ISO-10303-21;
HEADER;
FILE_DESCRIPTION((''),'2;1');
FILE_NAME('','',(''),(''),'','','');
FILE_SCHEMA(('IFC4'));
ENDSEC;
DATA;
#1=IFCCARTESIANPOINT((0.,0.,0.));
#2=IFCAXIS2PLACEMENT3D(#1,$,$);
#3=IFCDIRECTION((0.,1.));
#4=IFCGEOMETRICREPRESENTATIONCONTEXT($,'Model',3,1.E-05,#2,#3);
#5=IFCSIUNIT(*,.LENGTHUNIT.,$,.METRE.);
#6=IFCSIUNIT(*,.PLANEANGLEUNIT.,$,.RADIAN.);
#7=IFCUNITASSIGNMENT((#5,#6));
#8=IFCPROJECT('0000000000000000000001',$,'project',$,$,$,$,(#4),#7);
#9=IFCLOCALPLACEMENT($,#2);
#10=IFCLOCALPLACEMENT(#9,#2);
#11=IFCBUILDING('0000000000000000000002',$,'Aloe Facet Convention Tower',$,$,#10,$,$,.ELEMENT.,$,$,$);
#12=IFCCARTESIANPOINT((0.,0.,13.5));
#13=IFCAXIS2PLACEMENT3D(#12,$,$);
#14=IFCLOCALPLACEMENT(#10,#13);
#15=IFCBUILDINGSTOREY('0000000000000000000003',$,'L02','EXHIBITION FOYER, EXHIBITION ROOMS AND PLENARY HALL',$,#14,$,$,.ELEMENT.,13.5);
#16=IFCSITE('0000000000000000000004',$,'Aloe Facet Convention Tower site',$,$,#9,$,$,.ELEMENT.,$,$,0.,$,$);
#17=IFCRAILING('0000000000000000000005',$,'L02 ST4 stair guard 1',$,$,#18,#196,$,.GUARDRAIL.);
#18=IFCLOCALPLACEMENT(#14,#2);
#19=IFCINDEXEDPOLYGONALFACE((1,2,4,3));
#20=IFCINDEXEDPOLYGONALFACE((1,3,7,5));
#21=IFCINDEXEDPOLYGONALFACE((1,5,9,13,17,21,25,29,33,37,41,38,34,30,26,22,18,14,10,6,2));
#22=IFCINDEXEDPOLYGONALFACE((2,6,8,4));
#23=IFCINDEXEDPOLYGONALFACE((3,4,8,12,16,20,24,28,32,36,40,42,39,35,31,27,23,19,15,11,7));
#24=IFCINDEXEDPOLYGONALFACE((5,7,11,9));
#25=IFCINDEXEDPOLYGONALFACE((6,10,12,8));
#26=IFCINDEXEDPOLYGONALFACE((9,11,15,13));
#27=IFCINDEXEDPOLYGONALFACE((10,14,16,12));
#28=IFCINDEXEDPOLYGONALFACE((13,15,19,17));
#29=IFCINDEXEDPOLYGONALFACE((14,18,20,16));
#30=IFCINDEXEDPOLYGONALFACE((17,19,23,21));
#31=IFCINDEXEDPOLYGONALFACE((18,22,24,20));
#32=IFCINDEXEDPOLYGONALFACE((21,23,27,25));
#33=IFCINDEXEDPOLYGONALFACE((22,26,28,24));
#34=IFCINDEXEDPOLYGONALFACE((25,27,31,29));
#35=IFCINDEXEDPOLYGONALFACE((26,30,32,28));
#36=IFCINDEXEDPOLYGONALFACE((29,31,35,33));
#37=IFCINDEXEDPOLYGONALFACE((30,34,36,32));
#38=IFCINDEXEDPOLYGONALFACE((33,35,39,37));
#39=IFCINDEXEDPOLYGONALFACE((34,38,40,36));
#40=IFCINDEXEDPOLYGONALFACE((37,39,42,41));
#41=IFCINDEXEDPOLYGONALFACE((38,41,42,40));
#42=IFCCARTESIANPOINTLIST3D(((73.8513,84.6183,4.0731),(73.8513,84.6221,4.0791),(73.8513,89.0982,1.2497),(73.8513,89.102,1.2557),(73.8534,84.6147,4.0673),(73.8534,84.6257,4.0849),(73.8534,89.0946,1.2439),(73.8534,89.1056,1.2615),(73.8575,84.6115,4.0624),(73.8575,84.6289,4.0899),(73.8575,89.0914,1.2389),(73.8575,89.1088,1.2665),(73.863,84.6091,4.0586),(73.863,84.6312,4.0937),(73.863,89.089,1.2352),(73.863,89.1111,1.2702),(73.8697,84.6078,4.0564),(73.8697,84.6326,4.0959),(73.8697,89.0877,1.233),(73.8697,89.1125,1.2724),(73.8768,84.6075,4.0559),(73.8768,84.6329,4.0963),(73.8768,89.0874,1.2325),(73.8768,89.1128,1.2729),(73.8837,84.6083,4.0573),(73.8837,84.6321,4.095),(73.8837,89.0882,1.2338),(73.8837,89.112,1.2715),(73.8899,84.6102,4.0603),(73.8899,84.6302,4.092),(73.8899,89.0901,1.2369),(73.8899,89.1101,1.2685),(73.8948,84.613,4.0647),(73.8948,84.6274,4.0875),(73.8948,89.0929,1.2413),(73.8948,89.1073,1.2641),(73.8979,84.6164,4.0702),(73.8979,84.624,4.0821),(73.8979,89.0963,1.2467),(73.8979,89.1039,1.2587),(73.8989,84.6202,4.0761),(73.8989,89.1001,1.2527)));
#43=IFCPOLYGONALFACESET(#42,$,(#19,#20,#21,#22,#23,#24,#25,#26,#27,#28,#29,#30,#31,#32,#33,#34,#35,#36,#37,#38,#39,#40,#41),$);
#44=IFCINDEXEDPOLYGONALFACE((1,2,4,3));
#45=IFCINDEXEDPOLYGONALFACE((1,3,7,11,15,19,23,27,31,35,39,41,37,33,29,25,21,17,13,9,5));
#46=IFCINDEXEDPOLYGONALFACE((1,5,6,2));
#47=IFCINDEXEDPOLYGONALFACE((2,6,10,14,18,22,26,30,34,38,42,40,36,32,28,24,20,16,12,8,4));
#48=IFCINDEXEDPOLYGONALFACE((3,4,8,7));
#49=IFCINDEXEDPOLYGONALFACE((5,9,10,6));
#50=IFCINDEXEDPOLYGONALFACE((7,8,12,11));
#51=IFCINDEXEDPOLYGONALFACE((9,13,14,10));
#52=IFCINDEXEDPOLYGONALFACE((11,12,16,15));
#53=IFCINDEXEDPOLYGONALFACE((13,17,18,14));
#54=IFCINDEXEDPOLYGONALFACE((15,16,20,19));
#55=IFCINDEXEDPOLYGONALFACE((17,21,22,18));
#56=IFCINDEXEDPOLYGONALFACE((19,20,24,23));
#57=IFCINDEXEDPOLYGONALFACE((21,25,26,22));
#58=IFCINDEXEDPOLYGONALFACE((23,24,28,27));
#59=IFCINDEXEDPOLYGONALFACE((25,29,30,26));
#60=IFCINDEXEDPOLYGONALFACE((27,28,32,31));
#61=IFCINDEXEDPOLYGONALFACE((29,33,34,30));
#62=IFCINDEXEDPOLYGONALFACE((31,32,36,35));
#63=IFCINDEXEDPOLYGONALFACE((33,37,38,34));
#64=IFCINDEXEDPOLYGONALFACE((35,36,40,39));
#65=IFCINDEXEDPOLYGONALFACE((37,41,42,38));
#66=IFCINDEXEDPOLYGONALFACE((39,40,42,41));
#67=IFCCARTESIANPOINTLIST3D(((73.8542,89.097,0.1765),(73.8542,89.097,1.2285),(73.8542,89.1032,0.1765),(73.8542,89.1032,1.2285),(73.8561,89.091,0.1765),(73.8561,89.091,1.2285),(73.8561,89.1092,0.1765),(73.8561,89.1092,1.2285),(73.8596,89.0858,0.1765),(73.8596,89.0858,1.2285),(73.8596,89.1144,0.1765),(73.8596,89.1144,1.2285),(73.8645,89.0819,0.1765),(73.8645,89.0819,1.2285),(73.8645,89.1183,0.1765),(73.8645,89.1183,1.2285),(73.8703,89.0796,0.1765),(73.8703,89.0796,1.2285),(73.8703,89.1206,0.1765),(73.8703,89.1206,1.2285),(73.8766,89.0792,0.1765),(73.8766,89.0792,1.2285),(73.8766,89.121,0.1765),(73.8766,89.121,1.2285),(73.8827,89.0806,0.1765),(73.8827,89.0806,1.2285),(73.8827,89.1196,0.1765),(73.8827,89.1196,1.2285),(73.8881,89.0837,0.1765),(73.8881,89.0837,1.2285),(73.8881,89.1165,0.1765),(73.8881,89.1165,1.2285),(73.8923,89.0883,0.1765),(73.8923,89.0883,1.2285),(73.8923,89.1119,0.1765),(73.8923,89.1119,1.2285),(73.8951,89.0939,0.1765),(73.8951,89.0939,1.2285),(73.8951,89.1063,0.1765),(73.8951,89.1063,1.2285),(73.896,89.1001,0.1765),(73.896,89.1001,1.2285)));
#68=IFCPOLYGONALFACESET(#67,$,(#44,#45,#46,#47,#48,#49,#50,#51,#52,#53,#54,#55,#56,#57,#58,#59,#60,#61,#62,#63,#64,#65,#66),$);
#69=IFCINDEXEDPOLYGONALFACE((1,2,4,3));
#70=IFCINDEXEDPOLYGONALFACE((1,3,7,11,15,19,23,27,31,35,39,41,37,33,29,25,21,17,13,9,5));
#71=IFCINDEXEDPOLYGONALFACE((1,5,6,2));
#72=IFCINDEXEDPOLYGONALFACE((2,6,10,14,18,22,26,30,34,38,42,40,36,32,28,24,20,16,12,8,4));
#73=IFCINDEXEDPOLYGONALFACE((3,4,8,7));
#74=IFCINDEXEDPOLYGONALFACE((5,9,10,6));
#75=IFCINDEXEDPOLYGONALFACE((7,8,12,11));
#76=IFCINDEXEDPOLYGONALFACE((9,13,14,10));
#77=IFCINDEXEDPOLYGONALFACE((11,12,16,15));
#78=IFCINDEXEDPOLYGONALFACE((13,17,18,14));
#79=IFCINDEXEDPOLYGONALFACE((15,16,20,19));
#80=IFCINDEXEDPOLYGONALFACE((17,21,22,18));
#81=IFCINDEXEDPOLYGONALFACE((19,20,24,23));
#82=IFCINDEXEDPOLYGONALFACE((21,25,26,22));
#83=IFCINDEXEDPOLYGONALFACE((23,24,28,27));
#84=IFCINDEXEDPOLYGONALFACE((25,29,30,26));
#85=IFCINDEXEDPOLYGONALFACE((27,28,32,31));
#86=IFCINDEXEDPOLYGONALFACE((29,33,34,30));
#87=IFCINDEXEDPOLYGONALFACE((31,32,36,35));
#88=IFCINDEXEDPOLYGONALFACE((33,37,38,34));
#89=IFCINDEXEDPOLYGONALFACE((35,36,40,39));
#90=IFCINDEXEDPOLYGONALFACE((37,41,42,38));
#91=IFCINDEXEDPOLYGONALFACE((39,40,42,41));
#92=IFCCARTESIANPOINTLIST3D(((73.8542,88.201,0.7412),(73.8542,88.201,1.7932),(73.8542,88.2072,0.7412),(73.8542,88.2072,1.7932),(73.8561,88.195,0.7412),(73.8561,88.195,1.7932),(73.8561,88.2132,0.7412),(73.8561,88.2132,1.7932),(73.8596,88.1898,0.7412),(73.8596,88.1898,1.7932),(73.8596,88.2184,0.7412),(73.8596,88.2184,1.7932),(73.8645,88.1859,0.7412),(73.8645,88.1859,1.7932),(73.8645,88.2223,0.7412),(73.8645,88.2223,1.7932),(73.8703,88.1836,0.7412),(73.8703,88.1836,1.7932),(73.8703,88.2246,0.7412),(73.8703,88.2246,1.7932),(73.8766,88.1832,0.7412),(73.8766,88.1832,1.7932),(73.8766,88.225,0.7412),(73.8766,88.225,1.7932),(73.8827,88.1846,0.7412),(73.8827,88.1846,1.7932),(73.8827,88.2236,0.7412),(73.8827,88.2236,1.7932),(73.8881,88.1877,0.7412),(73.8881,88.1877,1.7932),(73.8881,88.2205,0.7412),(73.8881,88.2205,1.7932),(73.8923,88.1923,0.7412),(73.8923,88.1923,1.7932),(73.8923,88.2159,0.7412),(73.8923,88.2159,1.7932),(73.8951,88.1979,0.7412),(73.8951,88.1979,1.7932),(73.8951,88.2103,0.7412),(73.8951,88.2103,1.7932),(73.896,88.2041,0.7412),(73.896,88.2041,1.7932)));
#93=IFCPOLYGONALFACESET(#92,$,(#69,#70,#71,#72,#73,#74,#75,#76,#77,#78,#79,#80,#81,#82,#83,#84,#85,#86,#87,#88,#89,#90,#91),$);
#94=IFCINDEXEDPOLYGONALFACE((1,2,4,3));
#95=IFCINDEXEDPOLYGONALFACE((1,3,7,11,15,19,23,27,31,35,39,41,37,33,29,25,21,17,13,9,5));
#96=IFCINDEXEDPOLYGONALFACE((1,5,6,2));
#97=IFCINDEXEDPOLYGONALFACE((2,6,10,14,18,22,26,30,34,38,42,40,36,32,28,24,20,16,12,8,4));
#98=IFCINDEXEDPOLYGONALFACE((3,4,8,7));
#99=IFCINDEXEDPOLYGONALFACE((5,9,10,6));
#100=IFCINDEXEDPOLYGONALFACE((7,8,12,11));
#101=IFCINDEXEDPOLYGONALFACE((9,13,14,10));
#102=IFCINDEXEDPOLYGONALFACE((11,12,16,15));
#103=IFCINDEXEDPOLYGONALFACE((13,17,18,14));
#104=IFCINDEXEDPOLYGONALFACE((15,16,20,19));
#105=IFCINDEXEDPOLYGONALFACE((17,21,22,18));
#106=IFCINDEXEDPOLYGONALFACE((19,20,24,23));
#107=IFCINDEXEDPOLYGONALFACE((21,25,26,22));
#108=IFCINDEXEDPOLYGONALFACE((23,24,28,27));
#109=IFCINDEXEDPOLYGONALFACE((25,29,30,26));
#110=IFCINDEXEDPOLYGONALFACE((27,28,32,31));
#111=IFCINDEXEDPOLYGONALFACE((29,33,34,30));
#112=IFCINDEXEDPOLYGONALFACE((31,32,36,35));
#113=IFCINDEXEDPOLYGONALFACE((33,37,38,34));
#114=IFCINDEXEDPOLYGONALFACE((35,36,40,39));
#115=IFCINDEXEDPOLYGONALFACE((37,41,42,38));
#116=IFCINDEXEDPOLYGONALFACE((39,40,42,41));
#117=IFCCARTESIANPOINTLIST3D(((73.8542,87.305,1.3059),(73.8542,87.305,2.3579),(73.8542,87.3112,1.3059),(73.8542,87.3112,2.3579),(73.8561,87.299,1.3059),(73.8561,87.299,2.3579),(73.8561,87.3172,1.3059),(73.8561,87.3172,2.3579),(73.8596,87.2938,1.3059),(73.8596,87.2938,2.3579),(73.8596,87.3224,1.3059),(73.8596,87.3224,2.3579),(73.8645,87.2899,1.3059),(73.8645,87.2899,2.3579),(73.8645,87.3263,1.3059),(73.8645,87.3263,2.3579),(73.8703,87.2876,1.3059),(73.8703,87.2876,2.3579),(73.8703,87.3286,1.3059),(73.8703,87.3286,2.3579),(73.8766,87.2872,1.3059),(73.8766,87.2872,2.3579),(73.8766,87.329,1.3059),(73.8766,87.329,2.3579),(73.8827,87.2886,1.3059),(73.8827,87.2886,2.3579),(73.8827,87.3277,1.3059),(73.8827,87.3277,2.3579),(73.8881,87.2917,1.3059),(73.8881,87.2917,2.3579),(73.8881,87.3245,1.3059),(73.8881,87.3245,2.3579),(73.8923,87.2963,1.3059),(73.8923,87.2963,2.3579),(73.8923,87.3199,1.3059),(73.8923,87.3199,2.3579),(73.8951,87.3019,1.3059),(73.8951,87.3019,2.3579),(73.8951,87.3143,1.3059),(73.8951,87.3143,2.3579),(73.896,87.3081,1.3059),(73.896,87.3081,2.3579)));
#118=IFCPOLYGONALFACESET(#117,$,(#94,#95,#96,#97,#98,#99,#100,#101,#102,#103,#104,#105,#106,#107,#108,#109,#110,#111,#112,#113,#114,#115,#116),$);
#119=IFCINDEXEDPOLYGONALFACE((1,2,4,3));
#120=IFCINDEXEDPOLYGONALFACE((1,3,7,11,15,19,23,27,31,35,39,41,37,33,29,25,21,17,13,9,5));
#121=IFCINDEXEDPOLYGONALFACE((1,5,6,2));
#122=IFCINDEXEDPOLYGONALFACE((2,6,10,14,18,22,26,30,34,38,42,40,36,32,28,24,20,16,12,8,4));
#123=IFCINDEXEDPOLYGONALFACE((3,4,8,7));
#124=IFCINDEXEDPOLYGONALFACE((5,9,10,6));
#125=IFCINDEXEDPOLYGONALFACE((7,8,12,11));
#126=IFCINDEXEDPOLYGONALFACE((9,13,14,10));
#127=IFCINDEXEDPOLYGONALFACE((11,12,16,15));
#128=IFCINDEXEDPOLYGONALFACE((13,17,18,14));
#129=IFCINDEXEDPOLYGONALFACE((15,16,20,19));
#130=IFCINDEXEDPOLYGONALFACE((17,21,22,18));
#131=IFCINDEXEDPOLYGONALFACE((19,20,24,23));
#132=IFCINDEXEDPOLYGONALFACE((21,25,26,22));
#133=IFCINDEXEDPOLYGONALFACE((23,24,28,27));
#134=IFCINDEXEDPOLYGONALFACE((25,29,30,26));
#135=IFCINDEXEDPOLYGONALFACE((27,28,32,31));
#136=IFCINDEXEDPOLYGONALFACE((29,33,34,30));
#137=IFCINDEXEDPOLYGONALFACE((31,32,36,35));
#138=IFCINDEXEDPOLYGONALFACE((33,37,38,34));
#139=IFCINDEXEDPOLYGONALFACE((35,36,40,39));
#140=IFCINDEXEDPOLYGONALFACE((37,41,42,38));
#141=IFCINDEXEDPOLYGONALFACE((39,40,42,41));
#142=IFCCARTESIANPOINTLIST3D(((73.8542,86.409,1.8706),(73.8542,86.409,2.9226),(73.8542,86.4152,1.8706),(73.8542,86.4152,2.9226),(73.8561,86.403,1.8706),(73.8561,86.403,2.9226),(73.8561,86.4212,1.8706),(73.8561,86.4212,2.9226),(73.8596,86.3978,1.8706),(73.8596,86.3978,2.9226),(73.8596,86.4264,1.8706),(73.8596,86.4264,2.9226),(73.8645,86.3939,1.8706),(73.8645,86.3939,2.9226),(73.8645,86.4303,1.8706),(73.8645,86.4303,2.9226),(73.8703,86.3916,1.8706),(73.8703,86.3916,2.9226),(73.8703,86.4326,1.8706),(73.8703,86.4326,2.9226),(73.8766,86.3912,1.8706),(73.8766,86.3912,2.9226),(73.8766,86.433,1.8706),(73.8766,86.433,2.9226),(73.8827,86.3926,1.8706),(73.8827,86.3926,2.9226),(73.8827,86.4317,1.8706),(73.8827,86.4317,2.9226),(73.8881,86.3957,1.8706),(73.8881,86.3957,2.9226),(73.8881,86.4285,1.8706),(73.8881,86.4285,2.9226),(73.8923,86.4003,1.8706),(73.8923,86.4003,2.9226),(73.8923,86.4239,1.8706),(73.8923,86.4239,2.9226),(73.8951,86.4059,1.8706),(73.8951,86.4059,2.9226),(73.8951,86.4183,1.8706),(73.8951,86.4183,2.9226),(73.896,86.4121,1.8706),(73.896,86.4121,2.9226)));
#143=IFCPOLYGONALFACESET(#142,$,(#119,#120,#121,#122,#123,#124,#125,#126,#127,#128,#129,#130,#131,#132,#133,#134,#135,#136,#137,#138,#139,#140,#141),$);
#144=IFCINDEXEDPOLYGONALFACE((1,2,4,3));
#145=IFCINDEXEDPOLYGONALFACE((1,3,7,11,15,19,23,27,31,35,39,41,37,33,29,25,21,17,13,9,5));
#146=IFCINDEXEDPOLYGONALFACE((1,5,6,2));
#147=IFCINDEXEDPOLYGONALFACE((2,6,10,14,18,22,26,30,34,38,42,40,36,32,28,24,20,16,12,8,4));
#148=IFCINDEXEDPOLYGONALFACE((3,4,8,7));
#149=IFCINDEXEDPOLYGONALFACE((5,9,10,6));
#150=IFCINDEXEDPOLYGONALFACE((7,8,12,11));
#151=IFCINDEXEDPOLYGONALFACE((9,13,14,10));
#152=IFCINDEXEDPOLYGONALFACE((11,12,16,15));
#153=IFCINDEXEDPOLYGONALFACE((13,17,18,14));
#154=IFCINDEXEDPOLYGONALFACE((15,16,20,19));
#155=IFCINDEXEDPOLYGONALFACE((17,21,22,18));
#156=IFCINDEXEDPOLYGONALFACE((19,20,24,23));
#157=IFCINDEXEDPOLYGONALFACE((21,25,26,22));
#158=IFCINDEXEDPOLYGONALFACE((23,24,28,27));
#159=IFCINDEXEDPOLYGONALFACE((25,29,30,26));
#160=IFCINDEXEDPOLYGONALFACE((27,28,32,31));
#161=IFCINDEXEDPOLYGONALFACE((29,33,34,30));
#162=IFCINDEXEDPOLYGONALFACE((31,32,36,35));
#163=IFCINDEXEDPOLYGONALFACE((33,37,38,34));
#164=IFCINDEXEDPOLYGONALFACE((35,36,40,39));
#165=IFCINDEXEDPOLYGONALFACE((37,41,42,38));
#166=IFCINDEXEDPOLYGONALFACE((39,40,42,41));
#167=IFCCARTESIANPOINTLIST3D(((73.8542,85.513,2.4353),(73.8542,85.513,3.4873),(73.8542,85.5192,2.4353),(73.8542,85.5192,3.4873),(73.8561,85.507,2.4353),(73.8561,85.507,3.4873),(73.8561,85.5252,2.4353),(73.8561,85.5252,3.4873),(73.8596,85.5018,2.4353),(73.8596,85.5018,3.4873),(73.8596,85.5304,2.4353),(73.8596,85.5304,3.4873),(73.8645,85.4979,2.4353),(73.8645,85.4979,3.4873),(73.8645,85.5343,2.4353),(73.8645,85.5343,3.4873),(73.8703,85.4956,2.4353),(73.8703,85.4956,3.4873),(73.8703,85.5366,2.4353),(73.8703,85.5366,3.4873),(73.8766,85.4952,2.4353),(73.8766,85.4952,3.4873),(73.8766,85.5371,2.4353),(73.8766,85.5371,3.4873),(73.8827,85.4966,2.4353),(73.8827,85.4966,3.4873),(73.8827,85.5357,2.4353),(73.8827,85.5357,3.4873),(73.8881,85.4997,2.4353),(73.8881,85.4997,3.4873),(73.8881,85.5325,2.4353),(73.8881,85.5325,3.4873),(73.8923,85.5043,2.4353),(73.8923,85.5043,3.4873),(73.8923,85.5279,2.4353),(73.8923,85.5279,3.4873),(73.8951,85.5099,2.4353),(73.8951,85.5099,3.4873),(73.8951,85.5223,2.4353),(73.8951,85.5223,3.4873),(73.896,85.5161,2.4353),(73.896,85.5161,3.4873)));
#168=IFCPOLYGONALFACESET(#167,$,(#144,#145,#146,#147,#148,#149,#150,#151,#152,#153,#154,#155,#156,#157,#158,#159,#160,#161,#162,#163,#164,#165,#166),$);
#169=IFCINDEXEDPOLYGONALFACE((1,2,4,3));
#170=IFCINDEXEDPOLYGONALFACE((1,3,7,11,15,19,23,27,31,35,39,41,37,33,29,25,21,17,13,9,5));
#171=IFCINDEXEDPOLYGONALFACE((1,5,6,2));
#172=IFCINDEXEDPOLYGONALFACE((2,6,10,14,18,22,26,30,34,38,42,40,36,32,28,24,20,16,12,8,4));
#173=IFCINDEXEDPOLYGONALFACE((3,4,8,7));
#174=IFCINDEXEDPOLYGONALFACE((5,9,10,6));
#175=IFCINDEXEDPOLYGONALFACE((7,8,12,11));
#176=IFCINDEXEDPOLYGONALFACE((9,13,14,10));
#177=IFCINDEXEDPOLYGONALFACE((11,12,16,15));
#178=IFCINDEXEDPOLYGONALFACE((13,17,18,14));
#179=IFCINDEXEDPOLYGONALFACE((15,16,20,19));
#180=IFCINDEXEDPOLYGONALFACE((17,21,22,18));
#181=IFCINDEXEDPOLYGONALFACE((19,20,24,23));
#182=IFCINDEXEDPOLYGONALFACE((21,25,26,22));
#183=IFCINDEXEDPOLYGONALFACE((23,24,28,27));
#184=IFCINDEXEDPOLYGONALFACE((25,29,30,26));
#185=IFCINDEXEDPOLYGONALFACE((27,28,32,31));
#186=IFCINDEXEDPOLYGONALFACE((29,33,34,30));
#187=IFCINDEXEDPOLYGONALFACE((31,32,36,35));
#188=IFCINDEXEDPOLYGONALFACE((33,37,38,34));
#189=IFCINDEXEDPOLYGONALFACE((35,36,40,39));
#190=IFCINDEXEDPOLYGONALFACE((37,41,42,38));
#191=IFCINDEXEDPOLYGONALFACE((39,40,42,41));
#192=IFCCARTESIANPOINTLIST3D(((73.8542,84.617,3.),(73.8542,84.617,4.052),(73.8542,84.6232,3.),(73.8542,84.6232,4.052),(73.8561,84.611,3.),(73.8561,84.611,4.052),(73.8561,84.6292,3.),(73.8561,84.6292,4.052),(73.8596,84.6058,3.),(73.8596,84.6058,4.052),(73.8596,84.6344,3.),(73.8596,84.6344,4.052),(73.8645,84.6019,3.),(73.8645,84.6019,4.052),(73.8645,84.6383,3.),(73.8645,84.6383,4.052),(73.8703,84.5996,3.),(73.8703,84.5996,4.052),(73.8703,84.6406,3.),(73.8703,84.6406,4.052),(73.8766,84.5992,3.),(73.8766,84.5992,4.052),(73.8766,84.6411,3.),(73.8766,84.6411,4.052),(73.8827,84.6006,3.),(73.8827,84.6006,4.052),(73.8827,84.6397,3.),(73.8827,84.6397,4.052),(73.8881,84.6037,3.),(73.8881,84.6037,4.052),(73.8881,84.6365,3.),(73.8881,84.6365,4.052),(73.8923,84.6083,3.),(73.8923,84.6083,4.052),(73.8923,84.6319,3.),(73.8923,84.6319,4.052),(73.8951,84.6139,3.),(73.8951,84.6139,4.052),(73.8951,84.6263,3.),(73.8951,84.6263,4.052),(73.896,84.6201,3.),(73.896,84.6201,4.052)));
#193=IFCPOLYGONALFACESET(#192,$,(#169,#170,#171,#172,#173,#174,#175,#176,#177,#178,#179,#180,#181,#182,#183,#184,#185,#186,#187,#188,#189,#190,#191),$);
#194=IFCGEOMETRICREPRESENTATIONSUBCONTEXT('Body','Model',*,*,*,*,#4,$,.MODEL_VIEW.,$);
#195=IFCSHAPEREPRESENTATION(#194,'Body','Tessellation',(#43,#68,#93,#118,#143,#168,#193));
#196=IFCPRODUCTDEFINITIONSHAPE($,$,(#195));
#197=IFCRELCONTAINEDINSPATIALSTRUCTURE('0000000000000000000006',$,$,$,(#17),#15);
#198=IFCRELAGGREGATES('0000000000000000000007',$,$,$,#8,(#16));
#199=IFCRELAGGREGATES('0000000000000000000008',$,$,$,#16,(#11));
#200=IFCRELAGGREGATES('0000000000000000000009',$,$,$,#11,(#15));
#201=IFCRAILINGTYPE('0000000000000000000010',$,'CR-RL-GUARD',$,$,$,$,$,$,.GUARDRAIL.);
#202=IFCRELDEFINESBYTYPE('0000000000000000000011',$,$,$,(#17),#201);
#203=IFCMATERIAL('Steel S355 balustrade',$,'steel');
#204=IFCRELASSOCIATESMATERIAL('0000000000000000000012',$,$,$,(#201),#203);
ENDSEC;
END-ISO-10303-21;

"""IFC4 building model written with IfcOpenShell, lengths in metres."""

from ifc_helpers import new_model, si_unit, direction, frame, origin, origin_2d, place, context, subcontext, project, spatial, circle, extrude, material, type_object, element, save


model = new_model("IFC4")

# Units and contexts
model_context = context("Model", 3, precision=1e-05, world=origin(), true_north=direction((0.0, 1.0)))
body_context = subcontext(model_context, "Body", "Model", "MODEL_VIEW")
ifc_project = project(units=[si_unit("LENGTHUNIT", "METRE"), si_unit("PLANEANGLEUNIT", "RADIAN")], contexts=[model_context])

# Site, building, storey
site_placement = place(None, origin())
site = spatial("IfcSite", under=ifc_project, at=site_placement, Name="Aloe Facet Convention Tower site", CompositionType="ELEMENT", RefElevation=0.0)
building_placement = place(site_placement, origin())
building = spatial("IfcBuilding", under=site, at=building_placement, Name="Aloe Facet Convention Tower", CompositionType="ELEMENT")
storey_placement = place(building_placement, frame((0.0, 0.0, 13.5)))
storey = spatial("IfcBuildingStorey", under=building, at=storey_placement, Name="L02", Description="EXHIBITION FOYER, EXHIBITION ROOMS AND PLENARY HALL", CompositionType="ELEMENT", Elevation=13.5)

# Railing
ifc_material_1 = material(Name="Steel S355 balustrade", Category="steel")
railing_type = type_object("IfcRailingType", Name="CR-RL-GUARD", PredefinedType="GUARDRAIL", material=ifc_material_1)
railing_1_placement = place(storey_placement, frame((73.875, 89.1001, 0.1765)))
element("IfcRailing", 1, at=railing_1_placement, inside=storey, type_object=railing_type, Name="L02 ST4 stair guard 1", PredefinedType="GUARDRAIL", context=body_context, shape_type="SweptSolid", body=[
    extrude(circle(Radius=0.0239, at=origin_2d()), frame((0.0, 0.0, 1.0762), z_axis=(0.0, -0.845998, 0.533186), x_axis=(1.0, 0.0, 0.0)), (0.0, 0.0, 1.0), 5.2954),
    extrude(circle(Radius=0.021, at=origin_2d()), origin(), (0.0, 0.0, 1.0), 1.052),
    extrude(circle(Radius=0.021, at=origin_2d()), frame((0.0, -0.896, 0.5647)), (0.0, 0.0, 1.0), 1.052),
    extrude(circle(Radius=0.021, at=origin_2d()), frame((0.0, -1.792, 1.1294)), (0.0, 0.0, 1.0), 1.052),
    extrude(circle(Radius=0.021, at=origin_2d()), frame((0.0, -2.688, 1.6941)), (0.0, 0.0, 1.0), 1.052),
    extrude(circle(Radius=0.021, at=origin_2d()), frame((0.0, -3.584, 2.2588)), (0.0, 0.0, 1.0), 1.052),
    extrude(circle(Radius=0.021, at=origin_2d()), frame((0.0, -4.48, 2.8235)), (0.0, 0.0, 1.0), 1.052),
])

save(model, "model.ifc")
